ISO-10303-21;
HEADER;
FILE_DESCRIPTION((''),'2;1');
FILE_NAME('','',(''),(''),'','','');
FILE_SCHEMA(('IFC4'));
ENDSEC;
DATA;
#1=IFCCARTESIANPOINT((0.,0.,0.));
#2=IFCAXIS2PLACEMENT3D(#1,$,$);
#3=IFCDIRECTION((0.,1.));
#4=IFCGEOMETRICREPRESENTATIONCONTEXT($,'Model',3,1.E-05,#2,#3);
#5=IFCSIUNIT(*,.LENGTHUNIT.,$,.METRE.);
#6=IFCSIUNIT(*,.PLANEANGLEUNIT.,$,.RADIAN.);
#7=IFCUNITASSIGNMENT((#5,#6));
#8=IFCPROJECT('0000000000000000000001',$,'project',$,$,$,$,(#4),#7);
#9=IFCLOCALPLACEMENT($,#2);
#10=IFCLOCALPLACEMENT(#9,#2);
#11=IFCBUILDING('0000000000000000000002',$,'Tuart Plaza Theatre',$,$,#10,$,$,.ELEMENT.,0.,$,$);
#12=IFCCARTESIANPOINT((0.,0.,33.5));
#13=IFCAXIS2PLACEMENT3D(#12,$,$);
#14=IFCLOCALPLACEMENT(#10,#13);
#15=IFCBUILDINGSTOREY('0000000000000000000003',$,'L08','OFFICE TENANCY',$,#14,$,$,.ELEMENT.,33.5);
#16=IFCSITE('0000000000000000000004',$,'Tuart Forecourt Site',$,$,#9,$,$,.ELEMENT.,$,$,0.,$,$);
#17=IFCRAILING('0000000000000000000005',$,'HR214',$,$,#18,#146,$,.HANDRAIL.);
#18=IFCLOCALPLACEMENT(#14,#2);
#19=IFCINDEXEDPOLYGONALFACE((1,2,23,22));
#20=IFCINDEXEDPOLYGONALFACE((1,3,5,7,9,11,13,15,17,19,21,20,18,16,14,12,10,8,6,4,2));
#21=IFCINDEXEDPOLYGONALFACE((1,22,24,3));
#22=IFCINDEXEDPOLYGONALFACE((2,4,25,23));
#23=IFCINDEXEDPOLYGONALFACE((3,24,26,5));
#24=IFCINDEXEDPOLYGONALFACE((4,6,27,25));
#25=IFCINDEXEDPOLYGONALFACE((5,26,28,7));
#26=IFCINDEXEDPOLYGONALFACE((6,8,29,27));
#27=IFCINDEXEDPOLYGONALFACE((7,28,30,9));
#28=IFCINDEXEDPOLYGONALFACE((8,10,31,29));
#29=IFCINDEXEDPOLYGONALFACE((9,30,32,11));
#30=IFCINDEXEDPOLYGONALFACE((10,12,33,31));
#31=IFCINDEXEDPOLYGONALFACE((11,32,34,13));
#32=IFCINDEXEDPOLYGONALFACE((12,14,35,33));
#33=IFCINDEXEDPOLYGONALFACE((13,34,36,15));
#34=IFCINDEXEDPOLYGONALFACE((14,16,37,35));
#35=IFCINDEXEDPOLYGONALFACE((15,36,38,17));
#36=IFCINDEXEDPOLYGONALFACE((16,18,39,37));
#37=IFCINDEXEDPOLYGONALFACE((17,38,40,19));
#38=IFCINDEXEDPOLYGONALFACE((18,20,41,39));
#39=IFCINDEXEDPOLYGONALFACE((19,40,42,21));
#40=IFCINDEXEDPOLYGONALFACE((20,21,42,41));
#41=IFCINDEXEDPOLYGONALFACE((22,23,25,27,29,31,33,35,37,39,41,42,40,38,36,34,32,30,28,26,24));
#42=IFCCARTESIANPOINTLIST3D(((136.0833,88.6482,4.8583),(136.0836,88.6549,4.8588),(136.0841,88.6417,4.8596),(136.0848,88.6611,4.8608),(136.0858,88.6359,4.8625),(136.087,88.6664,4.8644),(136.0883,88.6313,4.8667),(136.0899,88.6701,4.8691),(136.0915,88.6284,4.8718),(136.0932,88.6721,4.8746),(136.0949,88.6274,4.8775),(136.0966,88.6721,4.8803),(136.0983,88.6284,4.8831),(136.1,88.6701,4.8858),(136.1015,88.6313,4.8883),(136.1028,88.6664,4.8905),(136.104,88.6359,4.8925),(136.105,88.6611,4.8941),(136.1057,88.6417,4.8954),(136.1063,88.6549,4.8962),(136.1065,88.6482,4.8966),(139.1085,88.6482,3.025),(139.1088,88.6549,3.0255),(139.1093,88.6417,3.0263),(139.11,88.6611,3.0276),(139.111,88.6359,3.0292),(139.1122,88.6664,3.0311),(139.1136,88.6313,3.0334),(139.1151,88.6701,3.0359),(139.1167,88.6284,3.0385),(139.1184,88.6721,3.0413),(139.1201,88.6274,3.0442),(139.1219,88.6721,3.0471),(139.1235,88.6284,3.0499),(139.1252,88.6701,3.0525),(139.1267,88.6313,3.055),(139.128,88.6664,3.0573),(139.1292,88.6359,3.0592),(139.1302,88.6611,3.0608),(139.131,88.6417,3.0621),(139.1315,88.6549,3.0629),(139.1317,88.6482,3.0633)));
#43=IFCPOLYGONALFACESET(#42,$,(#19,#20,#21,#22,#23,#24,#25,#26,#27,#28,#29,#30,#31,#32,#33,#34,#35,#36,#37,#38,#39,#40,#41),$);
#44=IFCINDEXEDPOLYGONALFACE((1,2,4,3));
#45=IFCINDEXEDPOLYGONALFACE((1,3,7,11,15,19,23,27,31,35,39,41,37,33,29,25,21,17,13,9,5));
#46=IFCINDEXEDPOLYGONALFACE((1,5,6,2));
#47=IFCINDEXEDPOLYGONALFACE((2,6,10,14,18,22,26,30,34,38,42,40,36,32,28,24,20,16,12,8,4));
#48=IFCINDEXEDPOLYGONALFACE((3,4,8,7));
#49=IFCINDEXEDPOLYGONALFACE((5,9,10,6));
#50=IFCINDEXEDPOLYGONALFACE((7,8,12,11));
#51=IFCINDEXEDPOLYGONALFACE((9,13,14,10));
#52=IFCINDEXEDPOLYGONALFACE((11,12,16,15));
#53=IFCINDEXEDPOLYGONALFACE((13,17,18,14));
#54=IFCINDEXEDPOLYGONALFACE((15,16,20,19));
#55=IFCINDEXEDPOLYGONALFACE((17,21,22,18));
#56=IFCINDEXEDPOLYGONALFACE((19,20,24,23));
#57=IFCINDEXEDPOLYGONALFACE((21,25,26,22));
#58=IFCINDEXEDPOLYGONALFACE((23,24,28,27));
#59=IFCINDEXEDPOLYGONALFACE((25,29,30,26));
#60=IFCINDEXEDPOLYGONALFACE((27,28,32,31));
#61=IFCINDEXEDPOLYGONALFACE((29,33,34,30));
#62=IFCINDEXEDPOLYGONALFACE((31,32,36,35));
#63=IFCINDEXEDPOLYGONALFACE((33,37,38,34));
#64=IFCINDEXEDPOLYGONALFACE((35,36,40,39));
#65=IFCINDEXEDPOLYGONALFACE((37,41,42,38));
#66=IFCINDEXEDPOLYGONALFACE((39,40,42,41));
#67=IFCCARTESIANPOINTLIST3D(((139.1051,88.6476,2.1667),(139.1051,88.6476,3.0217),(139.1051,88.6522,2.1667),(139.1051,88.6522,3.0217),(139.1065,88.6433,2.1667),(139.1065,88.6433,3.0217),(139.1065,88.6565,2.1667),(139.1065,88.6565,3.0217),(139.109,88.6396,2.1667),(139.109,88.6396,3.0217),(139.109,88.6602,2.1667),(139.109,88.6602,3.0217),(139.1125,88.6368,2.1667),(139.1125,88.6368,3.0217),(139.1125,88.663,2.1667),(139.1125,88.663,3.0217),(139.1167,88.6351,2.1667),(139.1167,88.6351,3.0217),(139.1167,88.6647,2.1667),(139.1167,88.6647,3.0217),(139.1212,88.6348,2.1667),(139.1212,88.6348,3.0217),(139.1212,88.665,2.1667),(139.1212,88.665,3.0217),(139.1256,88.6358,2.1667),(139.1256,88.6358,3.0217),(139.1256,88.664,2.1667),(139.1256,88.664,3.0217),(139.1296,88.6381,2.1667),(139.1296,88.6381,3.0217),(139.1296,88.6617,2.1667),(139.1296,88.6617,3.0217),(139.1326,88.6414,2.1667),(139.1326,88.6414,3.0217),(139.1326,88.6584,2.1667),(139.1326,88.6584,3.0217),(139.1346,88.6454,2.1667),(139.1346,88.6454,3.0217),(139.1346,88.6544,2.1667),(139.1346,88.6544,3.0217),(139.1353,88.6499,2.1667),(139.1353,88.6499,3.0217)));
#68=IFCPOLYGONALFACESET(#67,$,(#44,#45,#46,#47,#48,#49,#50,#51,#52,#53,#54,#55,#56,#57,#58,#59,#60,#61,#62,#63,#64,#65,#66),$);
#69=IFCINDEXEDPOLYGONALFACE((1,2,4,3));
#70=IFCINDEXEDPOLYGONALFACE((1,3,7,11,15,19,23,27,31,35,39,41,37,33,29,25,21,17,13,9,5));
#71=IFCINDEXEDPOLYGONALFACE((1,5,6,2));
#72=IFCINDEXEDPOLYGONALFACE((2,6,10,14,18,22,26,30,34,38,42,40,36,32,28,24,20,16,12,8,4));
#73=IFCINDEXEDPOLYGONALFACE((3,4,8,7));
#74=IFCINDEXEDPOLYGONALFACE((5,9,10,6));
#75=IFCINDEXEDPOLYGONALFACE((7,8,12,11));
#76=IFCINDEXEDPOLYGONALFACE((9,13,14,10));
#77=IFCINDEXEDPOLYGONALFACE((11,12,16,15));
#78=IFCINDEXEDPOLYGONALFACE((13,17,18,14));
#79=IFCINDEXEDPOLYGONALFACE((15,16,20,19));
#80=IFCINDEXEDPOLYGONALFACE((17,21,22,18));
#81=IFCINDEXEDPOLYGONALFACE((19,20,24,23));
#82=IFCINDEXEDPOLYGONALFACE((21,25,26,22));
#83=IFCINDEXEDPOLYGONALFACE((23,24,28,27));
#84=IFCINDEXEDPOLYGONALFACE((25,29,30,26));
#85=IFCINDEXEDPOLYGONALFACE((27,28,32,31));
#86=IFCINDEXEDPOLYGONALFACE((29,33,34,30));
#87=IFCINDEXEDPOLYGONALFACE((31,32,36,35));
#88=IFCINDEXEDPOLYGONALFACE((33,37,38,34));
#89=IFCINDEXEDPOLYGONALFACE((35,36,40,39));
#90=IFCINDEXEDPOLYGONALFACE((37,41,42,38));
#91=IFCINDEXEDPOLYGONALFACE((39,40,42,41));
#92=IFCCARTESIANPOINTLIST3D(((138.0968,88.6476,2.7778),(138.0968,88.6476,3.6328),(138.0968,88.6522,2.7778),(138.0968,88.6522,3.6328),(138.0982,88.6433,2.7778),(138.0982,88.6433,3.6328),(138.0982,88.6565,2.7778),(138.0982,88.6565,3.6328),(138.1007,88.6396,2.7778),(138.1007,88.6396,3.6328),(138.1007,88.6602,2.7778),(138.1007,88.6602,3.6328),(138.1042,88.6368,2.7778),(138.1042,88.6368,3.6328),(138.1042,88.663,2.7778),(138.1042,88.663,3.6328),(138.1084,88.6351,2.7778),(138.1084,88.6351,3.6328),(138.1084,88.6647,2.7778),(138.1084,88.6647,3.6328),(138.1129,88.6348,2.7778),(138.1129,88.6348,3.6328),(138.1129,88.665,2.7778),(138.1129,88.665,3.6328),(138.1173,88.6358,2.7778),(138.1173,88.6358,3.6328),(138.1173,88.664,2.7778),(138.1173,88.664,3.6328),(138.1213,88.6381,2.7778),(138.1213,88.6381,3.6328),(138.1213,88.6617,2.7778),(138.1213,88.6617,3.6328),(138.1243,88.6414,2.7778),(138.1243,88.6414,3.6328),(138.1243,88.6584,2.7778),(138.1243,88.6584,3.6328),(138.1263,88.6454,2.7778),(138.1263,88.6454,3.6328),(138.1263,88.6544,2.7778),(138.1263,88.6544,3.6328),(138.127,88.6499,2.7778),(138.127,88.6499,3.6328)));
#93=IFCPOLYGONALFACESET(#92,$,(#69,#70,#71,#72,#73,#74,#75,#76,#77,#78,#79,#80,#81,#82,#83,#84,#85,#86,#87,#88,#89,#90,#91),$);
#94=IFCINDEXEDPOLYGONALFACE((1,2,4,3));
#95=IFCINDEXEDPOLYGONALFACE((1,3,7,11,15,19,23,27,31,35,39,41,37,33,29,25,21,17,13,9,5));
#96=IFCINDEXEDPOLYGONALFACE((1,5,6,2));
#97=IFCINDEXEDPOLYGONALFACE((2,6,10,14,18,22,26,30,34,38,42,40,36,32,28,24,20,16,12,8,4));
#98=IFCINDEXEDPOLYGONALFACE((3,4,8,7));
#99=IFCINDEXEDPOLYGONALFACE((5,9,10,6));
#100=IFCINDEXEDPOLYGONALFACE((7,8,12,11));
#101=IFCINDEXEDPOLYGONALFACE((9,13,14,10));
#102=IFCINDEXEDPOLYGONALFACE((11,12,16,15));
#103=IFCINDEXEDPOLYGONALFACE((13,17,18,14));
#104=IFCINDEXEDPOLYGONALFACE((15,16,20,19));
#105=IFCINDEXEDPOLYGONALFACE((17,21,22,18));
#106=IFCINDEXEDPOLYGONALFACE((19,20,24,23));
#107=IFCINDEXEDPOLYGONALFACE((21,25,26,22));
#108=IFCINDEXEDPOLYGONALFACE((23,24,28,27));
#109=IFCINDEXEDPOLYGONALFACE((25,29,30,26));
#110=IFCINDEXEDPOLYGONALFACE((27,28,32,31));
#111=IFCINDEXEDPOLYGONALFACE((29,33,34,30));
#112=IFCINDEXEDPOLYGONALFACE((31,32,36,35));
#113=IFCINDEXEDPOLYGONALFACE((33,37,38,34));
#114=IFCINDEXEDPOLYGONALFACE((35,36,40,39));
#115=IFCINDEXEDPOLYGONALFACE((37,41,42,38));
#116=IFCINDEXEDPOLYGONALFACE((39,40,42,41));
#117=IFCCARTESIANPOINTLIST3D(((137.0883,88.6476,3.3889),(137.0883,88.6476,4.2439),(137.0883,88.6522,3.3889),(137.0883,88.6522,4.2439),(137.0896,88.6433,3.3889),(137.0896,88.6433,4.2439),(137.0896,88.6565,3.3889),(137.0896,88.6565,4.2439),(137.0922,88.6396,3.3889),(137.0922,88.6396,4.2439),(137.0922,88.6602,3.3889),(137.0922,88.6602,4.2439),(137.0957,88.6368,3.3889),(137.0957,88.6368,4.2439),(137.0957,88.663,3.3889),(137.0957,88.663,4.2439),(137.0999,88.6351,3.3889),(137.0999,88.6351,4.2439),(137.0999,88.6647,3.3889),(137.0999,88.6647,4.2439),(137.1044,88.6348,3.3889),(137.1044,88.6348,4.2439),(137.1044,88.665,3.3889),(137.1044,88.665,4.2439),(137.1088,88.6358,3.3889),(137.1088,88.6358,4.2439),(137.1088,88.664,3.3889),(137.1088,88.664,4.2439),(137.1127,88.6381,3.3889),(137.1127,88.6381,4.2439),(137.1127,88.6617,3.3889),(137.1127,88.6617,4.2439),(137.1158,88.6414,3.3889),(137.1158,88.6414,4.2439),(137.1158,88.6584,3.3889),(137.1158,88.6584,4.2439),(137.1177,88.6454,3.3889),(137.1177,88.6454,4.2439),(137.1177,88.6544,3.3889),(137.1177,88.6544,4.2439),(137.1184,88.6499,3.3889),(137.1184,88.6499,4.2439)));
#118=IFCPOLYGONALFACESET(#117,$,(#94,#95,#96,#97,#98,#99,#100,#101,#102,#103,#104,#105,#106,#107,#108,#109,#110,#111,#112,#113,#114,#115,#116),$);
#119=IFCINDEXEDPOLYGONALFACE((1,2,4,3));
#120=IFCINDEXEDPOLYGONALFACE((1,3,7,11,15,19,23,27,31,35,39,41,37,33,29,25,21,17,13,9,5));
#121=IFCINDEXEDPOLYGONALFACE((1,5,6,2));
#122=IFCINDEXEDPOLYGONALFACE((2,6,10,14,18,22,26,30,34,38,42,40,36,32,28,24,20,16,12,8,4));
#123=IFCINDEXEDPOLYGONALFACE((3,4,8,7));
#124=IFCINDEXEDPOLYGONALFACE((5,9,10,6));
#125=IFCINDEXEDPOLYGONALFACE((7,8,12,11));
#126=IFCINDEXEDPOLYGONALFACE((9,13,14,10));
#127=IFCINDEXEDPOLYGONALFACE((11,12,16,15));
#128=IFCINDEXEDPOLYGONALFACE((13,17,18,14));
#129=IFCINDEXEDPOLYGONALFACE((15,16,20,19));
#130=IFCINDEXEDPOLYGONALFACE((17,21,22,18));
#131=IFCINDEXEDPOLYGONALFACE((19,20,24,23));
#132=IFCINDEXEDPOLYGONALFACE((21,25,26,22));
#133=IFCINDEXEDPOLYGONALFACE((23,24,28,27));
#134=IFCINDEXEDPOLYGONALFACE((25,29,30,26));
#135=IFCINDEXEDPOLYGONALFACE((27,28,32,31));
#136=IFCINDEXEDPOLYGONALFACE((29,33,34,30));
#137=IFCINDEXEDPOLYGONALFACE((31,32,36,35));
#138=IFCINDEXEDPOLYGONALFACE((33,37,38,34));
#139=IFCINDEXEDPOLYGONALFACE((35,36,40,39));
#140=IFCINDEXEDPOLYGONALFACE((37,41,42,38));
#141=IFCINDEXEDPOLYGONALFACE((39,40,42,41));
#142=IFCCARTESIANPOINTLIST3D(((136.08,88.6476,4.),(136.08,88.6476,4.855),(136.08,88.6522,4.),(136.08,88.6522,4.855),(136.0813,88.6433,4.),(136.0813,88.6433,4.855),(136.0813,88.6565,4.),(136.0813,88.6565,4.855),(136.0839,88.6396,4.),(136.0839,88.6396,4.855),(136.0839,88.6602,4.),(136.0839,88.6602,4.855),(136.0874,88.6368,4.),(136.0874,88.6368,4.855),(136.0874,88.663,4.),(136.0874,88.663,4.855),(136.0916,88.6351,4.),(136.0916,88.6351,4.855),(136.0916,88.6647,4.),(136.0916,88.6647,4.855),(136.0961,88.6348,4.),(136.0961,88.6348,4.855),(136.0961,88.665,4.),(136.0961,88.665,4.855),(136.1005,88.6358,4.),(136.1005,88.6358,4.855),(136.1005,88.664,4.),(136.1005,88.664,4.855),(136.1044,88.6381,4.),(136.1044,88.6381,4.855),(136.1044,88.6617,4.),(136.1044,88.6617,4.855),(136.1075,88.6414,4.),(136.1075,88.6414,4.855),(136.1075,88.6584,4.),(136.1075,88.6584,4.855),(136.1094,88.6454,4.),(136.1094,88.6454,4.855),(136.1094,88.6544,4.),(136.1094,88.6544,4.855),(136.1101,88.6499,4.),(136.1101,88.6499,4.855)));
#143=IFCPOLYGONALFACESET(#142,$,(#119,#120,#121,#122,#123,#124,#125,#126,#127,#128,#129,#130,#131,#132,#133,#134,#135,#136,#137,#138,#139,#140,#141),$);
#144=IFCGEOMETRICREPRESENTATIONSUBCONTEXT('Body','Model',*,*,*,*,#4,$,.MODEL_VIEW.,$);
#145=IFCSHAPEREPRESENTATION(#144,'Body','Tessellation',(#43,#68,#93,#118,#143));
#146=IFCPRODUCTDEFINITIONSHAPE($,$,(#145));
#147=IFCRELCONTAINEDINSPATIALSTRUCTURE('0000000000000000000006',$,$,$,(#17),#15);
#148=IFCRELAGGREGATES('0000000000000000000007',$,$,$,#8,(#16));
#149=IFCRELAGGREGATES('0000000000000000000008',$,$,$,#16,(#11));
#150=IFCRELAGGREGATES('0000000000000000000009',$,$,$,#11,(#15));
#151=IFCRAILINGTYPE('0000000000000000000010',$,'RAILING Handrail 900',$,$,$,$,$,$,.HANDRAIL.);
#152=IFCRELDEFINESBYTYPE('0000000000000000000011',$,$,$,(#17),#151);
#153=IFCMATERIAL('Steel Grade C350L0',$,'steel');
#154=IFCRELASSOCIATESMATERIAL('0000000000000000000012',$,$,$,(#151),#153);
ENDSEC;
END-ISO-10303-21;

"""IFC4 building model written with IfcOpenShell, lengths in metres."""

from ifc_helpers import new_model, si_unit, direction, frame, origin, origin_2d, place, context, subcontext, project, spatial, circle, extrude, material, type_object, element, save


model = new_model("IFC4")

# Units and contexts
model_context = context("Model", 3, precision=1e-05, world=origin(), true_north=direction((0.0, 1.0)))
body_context = subcontext(model_context, "Body", "Model", "MODEL_VIEW")
ifc_project = project(units=[si_unit("LENGTHUNIT", "METRE"), si_unit("PLANEANGLEUNIT", "RADIAN")], contexts=[model_context])

# Site, building, storey
site_placement = place(None, origin())
site = spatial("IfcSite", under=ifc_project, at=site_placement, Name="Tuart Forecourt Site", CompositionType="ELEMENT", RefElevation=0.0)
building_placement = place(site_placement, origin())
building = spatial("IfcBuilding", under=site, at=building_placement, Name="Tuart Plaza Theatre", CompositionType="ELEMENT", ElevationOfRefHeight=0.0)
storey_placement = place(building_placement, frame((0.0, 0.0, 33.5)))
storey = spatial("IfcBuildingStorey", under=building, at=storey_placement, Name="L08", Description="OFFICE TENANCY", CompositionType="ELEMENT", Elevation=33.5)

# Railing
ifc_material_1 = material(Name="Steel Grade C350L0", Category="steel")
railing_type_1 = type_object("IfcRailingType", Name="RAILING Handrail 900", PredefinedType="HANDRAIL", material=ifc_material_1)
for number, where, name in (
    (1, (139.1201, 88.6499, 2.1667), "HR214"),
):
    element("IfcRailing", number, at=place(storey_placement, frame(where)), inside=storey, type_object=railing_type_1, Name=name, PredefinedType="HANDRAIL", context=body_context, shape_type="SweptSolid", body=[
        extrude(circle(Radius=0.0225, at=origin_2d()), frame((0.0, 0.0, 0.8774), z_axis=(-0.855219, 0.0, 0.518267), x_axis=(0.0, -1.0, 0.0)), (0.0, 0.0, 1.0), 3.5374),
        extrude(circle(Radius=0.0151, at=origin_2d()), origin(), (0.0, 0.0, 1.0), 0.855),
        extrude(circle(Radius=0.0151, at=origin_2d()), frame((-1.0083, 0.0, 0.6111)), (0.0, 0.0, 1.0), 0.855),
        extrude(circle(Radius=0.0151, at=origin_2d()), frame((-2.0168, 0.0, 1.2222)), (0.0, 0.0, 1.0), 0.855),
        extrude(circle(Radius=0.0151, at=origin_2d()), frame((-3.0251, 0.0, 1.8333)), (0.0, 0.0, 1.0), 0.855),
    ])

save(model, "model.ifc")
